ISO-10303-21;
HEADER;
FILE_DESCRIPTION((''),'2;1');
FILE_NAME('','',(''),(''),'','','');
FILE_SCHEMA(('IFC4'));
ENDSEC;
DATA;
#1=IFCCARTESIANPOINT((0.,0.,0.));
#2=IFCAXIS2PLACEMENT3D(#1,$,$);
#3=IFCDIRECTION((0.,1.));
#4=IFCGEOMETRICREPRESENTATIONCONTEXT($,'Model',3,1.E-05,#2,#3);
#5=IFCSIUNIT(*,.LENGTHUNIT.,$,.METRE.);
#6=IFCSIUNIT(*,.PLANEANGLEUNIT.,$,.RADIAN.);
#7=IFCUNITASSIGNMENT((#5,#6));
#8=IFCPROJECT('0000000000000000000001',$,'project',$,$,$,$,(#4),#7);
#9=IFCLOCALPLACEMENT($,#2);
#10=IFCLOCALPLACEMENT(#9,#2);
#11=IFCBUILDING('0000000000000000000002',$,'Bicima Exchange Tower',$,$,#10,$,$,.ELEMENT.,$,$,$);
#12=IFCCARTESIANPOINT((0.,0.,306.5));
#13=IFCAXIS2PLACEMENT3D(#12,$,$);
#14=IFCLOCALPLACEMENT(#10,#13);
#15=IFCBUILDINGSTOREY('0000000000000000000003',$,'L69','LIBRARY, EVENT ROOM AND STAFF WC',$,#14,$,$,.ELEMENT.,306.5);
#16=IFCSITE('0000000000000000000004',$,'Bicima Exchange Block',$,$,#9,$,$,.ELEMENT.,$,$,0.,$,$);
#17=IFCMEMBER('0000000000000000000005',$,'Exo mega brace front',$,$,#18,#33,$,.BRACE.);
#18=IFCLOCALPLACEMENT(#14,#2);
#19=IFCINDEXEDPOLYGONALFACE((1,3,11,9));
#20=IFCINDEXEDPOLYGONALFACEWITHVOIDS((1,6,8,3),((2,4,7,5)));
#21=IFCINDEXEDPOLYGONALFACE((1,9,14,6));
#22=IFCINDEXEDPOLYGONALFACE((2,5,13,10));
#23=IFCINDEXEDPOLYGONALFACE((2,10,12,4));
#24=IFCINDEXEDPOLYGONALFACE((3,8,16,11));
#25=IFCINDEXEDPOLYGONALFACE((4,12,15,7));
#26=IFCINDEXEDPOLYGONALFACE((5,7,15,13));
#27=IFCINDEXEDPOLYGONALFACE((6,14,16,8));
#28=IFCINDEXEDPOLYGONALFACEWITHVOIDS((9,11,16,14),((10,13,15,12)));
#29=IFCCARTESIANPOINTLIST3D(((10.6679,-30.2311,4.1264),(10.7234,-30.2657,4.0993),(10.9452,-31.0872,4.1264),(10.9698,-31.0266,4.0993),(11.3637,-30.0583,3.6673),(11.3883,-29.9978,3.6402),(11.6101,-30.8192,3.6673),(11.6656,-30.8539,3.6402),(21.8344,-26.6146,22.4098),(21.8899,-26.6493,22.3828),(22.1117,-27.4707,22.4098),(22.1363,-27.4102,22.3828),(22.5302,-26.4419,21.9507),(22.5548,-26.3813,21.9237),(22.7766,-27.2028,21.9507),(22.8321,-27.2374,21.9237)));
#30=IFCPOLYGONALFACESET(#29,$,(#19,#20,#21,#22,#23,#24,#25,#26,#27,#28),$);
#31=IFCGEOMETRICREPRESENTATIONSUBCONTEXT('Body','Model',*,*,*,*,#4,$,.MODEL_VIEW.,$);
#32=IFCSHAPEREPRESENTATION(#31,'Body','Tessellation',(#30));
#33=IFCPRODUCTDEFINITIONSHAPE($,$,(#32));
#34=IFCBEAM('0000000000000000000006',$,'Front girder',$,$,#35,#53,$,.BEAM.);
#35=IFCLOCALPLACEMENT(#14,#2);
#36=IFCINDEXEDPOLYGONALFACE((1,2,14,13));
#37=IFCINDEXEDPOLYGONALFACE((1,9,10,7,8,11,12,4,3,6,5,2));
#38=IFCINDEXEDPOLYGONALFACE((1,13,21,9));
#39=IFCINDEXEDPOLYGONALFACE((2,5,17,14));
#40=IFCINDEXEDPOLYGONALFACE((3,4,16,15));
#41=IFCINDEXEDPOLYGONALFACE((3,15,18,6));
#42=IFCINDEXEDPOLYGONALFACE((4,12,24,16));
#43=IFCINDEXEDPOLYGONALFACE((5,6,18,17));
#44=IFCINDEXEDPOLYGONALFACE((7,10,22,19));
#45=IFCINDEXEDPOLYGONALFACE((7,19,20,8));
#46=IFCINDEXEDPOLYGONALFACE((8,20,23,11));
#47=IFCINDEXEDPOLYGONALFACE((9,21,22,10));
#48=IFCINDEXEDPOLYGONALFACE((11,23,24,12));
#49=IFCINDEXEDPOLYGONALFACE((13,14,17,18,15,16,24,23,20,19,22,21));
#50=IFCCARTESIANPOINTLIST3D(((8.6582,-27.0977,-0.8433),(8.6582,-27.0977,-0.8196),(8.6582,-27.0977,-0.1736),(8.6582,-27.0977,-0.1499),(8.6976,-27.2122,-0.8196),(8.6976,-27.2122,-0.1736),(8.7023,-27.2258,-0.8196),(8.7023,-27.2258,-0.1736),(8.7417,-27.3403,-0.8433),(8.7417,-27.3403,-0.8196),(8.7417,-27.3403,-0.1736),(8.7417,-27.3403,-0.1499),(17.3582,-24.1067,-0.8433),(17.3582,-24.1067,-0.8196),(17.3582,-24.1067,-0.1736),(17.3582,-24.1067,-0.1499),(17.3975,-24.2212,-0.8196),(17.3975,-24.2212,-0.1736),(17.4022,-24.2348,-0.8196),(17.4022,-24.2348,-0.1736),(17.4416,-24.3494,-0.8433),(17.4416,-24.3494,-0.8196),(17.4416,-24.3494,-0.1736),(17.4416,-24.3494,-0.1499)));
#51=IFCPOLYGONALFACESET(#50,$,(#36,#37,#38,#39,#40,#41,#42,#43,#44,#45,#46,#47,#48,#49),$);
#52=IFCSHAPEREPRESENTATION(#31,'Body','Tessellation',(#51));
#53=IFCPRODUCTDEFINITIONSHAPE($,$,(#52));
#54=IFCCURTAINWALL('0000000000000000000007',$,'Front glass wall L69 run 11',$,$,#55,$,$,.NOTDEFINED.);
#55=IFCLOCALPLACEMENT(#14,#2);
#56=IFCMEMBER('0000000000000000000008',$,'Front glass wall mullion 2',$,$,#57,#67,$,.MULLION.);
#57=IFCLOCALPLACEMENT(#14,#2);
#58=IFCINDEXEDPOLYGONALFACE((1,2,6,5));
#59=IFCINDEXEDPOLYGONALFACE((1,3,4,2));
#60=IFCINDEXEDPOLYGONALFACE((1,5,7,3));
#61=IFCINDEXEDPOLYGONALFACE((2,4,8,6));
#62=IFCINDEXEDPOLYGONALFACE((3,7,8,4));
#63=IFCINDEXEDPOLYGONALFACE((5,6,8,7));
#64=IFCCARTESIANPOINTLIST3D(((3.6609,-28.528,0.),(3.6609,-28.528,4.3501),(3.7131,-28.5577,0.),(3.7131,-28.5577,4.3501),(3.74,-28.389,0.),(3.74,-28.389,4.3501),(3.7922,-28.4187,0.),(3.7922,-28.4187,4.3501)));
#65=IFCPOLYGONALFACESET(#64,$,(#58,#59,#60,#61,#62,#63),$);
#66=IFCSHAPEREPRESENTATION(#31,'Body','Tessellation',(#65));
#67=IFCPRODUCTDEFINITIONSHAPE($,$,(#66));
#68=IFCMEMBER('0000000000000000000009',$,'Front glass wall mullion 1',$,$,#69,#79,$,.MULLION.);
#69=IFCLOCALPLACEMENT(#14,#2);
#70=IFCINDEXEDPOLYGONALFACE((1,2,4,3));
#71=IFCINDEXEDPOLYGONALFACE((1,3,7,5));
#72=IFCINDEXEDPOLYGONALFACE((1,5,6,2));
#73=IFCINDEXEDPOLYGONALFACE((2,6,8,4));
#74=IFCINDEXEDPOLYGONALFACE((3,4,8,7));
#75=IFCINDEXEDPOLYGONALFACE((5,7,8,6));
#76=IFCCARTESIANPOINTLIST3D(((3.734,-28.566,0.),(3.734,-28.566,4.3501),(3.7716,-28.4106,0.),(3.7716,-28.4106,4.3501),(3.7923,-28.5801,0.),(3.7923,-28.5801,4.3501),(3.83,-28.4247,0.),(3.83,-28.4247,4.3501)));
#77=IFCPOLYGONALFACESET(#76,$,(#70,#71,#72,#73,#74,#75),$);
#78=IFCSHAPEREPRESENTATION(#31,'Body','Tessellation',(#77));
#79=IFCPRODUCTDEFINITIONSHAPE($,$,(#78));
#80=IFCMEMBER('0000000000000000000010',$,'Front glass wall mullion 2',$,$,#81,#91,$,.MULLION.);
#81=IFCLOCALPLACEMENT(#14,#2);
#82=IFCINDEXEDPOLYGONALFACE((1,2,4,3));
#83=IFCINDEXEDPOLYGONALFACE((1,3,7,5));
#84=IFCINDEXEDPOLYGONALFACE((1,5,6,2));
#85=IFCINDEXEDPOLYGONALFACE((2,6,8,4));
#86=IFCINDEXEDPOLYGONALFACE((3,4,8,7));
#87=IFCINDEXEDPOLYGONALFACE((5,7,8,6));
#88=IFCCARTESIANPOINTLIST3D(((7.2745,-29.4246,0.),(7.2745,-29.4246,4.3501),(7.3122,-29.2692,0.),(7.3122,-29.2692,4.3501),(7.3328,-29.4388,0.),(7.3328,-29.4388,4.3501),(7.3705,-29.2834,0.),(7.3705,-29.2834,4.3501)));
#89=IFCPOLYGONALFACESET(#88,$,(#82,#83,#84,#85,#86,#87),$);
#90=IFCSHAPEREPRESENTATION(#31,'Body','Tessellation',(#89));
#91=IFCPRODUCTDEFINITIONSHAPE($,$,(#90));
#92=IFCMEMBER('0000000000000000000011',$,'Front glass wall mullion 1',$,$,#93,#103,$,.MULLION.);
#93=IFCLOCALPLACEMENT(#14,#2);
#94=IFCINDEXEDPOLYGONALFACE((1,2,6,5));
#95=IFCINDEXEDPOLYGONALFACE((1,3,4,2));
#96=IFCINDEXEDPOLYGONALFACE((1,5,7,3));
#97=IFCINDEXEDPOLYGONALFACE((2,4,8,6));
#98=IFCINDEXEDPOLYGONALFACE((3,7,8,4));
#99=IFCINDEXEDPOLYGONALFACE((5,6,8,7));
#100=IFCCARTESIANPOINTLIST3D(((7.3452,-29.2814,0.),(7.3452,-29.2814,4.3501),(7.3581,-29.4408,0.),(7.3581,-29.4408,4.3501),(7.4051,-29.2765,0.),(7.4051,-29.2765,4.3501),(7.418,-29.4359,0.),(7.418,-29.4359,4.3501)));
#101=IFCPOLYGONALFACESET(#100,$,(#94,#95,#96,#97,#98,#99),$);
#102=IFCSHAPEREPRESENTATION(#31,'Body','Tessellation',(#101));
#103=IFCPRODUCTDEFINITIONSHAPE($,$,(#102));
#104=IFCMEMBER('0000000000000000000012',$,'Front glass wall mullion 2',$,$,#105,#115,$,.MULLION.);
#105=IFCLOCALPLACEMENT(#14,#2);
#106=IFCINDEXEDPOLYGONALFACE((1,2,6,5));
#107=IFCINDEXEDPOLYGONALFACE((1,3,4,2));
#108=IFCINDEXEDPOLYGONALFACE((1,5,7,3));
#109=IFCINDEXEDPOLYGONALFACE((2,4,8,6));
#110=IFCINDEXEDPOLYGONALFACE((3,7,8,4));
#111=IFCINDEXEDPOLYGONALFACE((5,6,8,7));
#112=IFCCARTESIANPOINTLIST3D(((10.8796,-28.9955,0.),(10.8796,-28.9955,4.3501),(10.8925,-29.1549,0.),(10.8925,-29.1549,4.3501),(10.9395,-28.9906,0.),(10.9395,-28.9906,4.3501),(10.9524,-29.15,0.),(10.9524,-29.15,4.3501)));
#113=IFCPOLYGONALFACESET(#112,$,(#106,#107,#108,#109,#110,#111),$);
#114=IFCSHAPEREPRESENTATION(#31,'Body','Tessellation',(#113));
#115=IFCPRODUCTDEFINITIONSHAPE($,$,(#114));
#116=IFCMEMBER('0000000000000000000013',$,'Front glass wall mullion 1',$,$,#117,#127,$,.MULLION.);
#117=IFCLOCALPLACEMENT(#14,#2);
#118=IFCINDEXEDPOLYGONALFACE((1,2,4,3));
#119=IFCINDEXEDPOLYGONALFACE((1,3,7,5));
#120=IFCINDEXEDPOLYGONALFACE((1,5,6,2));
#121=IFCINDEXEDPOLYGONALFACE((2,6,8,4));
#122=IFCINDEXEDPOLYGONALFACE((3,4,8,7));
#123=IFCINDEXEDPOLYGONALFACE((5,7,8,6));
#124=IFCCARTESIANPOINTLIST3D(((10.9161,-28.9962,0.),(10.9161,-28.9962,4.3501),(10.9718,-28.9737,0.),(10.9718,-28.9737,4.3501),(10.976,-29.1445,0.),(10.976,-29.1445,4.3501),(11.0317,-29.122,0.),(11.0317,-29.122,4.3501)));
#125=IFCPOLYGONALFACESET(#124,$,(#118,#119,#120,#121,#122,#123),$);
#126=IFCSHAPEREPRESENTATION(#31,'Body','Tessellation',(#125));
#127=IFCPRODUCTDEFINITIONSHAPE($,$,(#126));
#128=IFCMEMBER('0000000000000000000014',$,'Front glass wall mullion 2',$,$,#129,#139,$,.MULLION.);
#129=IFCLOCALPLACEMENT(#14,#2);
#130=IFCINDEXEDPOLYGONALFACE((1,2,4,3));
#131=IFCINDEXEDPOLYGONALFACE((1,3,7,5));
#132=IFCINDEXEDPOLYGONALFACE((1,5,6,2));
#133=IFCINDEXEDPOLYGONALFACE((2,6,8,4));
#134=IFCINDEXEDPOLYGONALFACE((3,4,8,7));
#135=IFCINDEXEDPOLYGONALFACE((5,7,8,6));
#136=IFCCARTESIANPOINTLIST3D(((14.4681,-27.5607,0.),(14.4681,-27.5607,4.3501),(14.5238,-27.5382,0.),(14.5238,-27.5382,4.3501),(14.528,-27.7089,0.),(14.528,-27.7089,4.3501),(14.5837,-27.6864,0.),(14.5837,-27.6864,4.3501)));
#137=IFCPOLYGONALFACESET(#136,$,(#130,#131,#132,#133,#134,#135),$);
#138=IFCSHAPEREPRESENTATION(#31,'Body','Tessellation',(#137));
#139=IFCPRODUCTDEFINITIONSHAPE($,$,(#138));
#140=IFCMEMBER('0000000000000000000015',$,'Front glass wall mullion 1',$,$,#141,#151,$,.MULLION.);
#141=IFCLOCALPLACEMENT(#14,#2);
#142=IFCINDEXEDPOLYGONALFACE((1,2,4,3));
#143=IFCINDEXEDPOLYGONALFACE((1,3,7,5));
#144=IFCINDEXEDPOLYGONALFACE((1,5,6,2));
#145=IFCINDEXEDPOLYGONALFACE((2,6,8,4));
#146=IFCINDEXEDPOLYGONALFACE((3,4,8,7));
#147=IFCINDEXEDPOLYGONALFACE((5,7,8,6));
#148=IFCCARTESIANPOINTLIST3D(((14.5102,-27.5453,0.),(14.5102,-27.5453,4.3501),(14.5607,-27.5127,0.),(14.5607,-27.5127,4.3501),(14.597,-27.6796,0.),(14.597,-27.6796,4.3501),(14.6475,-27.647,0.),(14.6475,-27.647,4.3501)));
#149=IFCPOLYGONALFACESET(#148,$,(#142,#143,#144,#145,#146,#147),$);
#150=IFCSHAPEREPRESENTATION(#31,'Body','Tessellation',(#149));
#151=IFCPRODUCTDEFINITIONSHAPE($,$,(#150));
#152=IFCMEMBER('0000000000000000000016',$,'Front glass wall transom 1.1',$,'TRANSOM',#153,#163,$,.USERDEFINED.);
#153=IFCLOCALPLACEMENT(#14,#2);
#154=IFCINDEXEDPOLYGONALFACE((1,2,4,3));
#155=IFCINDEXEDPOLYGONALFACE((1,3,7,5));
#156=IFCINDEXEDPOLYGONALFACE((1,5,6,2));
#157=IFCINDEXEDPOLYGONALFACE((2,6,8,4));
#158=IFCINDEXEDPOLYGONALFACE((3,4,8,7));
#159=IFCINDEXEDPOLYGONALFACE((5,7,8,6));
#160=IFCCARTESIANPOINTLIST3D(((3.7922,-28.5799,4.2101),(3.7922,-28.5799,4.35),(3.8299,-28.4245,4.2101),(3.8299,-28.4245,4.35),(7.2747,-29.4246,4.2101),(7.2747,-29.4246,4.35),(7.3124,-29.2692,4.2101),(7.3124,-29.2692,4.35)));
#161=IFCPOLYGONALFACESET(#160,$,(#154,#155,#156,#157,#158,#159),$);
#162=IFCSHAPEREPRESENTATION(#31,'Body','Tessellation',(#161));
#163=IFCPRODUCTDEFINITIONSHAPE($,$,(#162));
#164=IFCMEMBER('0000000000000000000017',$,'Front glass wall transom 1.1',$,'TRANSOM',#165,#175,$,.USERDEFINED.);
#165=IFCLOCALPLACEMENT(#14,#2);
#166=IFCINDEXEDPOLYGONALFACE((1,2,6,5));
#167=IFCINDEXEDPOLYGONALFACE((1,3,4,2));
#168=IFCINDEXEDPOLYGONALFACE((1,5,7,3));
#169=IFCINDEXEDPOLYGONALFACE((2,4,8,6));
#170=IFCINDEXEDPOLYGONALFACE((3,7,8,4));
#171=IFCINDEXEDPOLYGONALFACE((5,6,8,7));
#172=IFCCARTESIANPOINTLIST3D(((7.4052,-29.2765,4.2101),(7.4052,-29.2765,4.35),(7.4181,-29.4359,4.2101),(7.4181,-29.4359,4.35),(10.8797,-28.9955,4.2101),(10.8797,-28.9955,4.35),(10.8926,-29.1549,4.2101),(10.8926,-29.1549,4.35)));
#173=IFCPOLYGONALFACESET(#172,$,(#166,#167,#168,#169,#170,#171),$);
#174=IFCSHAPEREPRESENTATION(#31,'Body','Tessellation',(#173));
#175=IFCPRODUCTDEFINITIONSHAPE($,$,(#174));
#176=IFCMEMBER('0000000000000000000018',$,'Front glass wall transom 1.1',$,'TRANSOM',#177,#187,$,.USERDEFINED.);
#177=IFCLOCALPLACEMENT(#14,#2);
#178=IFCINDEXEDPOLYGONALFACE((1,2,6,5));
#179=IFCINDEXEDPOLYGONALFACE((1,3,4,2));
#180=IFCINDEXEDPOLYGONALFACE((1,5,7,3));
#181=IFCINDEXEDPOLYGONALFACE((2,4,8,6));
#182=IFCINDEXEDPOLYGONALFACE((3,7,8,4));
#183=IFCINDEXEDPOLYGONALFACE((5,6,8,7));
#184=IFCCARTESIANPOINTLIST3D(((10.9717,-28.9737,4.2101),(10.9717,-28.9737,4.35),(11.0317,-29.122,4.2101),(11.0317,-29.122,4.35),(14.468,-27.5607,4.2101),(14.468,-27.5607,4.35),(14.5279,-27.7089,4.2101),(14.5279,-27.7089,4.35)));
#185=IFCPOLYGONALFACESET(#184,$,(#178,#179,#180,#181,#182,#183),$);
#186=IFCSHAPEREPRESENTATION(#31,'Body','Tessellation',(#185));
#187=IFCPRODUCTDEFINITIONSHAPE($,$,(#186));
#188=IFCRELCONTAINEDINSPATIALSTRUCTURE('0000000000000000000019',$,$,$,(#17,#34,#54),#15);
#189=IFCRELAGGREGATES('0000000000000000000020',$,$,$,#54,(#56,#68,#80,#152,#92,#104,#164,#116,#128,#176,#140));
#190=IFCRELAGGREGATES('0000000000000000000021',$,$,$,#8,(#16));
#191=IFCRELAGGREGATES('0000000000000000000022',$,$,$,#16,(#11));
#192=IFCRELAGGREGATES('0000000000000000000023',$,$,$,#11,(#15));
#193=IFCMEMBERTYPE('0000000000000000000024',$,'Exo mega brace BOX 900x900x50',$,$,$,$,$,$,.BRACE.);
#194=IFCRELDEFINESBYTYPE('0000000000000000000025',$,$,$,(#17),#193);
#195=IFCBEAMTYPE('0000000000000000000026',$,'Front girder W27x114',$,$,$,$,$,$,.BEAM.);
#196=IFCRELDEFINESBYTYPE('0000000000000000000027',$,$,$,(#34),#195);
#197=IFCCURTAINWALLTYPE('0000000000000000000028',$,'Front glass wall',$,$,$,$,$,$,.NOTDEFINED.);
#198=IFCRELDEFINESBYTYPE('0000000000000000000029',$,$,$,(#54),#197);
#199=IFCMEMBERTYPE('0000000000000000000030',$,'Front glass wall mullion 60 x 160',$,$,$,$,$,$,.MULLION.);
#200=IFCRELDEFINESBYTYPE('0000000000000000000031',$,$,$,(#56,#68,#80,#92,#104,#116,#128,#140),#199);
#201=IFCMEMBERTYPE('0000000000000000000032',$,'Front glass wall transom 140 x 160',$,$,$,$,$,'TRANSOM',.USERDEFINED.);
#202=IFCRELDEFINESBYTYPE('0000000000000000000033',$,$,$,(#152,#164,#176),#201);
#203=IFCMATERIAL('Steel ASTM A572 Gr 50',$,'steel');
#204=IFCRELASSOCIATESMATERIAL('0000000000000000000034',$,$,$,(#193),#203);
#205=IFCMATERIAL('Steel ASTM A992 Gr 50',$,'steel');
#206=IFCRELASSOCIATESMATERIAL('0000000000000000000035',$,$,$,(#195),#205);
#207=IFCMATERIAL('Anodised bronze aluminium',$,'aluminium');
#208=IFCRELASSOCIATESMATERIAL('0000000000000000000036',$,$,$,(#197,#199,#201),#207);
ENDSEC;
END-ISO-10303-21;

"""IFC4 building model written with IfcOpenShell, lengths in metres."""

from ifc_helpers import new_model, si_unit, direction, frame, origin, origin_2d, place, context, subcontext, project, spatial, rectangle, hollow_rectangle, i_section, extrude, material, material_profile, profile_set, type_object, element, aggregate, save


model = new_model("IFC4")

# Units and contexts
model_context = context("Model", 3, precision=1e-05, world=origin(), true_north=direction((0.0, 1.0)))
body_context = subcontext(model_context, "Body", "Model", "MODEL_VIEW")
ifc_project = project(units=[si_unit("LENGTHUNIT", "METRE"), si_unit("PLANEANGLEUNIT", "RADIAN")], contexts=[model_context])

# Site, building, storey
site_placement = place(None, origin())
site = spatial("IfcSite", under=ifc_project, at=site_placement, Name="Bicima Exchange Block", CompositionType="ELEMENT", RefElevation=0.0)
building_placement = place(site_placement, origin())
building = spatial("IfcBuilding", under=site, at=building_placement, Name="Bicima Exchange Tower", CompositionType="ELEMENT")
storey_placement = place(building_placement, frame((0.0, 0.0, 306.5)))
storey = spatial("IfcBuildingStorey", under=building, at=storey_placement, Name="L69", Description="LIBRARY, EVENT ROOM AND STAFF WC", CompositionType="ELEMENT", Elevation=306.5)

# Member
ifc_material_1 = material(Name="Steel ASTM A572 Gr 50", Category="steel")
ifc_material_profile_1 = material_profile(ifc_material_1, hollow_rectangle(XDim=0.8999, YDim=0.8999, WallThickness=0.05, at=origin_2d()))
ifc_profile_set_1 = profile_set([ifc_material_profile_1], Name="Steel ASTM A572 Gr 50")
member_type_1 = type_object("IfcMemberType", Name="Exo mega brace BOX 900x900x50", PredefinedType="BRACE", material=ifc_profile_set_1)
member_1_placement = place(storey_placement, frame((11.1667, -30.5425, 3.8833), z_axis=(0.513951, 0.166451, 0.841516), x_axis=(-0.30811, 0.951351, 0.0)))
element("IfcMember", 1, at=member_1_placement, inside=storey, type_object=member_type_1, Name="Exo mega brace front", PredefinedType="BRACE", context=body_context, shape_type="SweptSolid", body=[
    extrude(hollow_rectangle(XDim=0.8999, YDim=0.8999, WallThickness=0.05, at=origin_2d()), origin(), (0.0, 0.0, 1.0), 21.7268),
])

# Beam
ifc_material_2 = material(Name="Steel ASTM A992 Gr 50", Category="steel")
ifc_material_profile_2 = material_profile(ifc_material_2, i_section(OverallWidth=0.2566, OverallDepth=0.6934, WebThickness=0.0144, FlangeThickness=0.0237, at=origin_2d()))
ifc_profile_set_2 = profile_set([ifc_material_profile_2], Name="Steel ASTM A992 Gr 50")
beam_type = type_object("IfcBeamType", Name="Front girder W27x114", PredefinedType="BEAM", material=ifc_profile_set_2)
beam_placement = place(storey_placement, frame((8.7, -27.219, -0.4966), z_axis=(0.945675, 0.325115, 0.0), x_axis=(-0.325115, 0.945675, 0.0)))
element("IfcBeam", 2, at=beam_placement, inside=storey, type_object=beam_type, Name="Front girder", PredefinedType="BEAM", context=body_context, shape_type="SweptSolid", body=[
    extrude(i_section(OverallWidth=0.2566, OverallDepth=0.6934, WebThickness=0.0144, FlangeThickness=0.0237, at=origin_2d()), origin(), (0.0, 0.0, 1.0), 9.1997),
])

# Curtain wall, members
ifc_material_3 = material(Name="Anodised bronze aluminium", Category="aluminium")
curtain_wall_type = type_object("IfcCurtainWallType", Name="Front glass wall", PredefinedType="NOTDEFINED", material=ifc_material_3)
curtain_wall_placement = place(storey_placement, origin())
curtain_wall = element("IfcCurtainWall", 3, at=curtain_wall_placement, inside=storey, type_object=curtain_wall_type, Name="Front glass wall L69 run 11", PredefinedType="NOTDEFINED")
ifc_material_profile_3 = material_profile(ifc_material_3, rectangle(XDim=0.1599, YDim=0.0601, at=origin_2d()))
ifc_profile_set_3 = profile_set([ifc_material_profile_3], Name="Anodised bronze aluminium")
member_type_2 = type_object("IfcMemberType", Name="Front glass wall mullion 60 x 160", PredefinedType="MULLION", material=ifc_profile_set_3)
member_2_placement = place(storey_placement, frame((3.7266, -28.4734, 0.0), z_axis=(0.0, 0.0, 1.0), x_axis=(0.49433, 0.869274, 0.0)))
member_2 = element("IfcMember", 4, at=member_2_placement, type_object=member_type_2, Name="Front glass wall mullion 2", PredefinedType="MULLION", context=body_context, shape_type="SweptSolid", body=[
    extrude(rectangle(XDim=0.1599, YDim=0.0601, at=origin_2d()), origin(), (0.0, 0.0, 1.0), 4.3501),
])
member_3_placement = place(storey_placement, frame((3.782, -28.4954, 0.0), z_axis=(0.0, 0.0, 1.0), x_axis=(0.235682, 0.97183, 0.0)))
member_3 = element("IfcMember", 5, at=member_3_placement, type_object=member_type_2, Name="Front glass wall mullion 1", PredefinedType="MULLION", context=body_context, shape_type="SweptSolid", body=[
    extrude(rectangle(XDim=0.1599, YDim=0.0601, at=origin_2d()), origin(), (0.0, 0.0, 1.0), 4.3501),
])
member_4_placement = place(storey_placement, frame((7.3225, -29.354, 0.0), z_axis=(0.0, 0.0, 1.0), x_axis=(0.235682, 0.97183, 0.0)))
member_4 = element("IfcMember", 6, at=member_4_placement, type_object=member_type_2, Name="Front glass wall mullion 2", PredefinedType="MULLION", context=body_context, shape_type="SweptSolid", body=[
    extrude(rectangle(XDim=0.1599, YDim=0.0601, at=origin_2d()), origin(), (0.0, 0.0, 1.0), 4.3501),
])
member_5_placement = place(storey_placement, frame((7.3816, -29.3586, 0.0), z_axis=(0.0, 0.0, 1.0), x_axis=(-0.080589, 0.996747, 0.0)))
member_5 = element("IfcMember", 7, at=member_5_placement, type_object=member_type_2, Name="Front glass wall mullion 1", PredefinedType="MULLION", context=body_context, shape_type="SweptSolid", body=[
    extrude(rectangle(XDim=0.1599, YDim=0.0601, at=origin_2d()), origin(), (0.0, 0.0, 1.0), 4.3501),
])
member_6_placement = place(storey_placement, frame((10.916, -29.0728, 0.0), z_axis=(0.0, 0.0, 1.0), x_axis=(-0.080589, 0.996747, 0.0)))
member_6 = element("IfcMember", 8, at=member_6_placement, type_object=member_type_2, Name="Front glass wall mullion 2", PredefinedType="MULLION", context=body_context, shape_type="SweptSolid", body=[
    extrude(rectangle(XDim=0.1599, YDim=0.0601, at=origin_2d()), origin(), (0.0, 0.0, 1.0), 4.3501),
])
member_7_placement = place(storey_placement, frame((10.9739, -29.0591, 0.0), z_axis=(0.0, 0.0, 1.0), x_axis=(-0.374705, 0.927144, 0.0)))
member_7 = element("IfcMember", 9, at=member_7_placement, type_object=member_type_2, Name="Front glass wall mullion 1", PredefinedType="MULLION", context=body_context, shape_type="SweptSolid", body=[
    extrude(rectangle(XDim=0.1599, YDim=0.0601, at=origin_2d()), origin(), (0.0, 0.0, 1.0), 4.3501),
])
member_8_placement = place(storey_placement, frame((14.5259, -27.6235, 0.0), z_axis=(0.0, 0.0, 1.0), x_axis=(-0.374705, 0.927144, 0.0)))
member_8 = element("IfcMember", 10, at=member_8_placement, type_object=member_type_2, Name="Front glass wall mullion 2", PredefinedType="MULLION", context=body_context, shape_type="SweptSolid", body=[
    extrude(rectangle(XDim=0.1599, YDim=0.0601, at=origin_2d()), origin(), (0.0, 0.0, 1.0), 4.3501),
])
member_9_placement = place(storey_placement, frame((14.5789, -27.5962, 0.0), z_axis=(0.0, 0.0, 1.0), x_axis=(-0.542909, 0.839791, 0.0)))
member_9 = element("IfcMember", 11, at=member_9_placement, type_object=member_type_2, Name="Front glass wall mullion 1", PredefinedType="MULLION", context=body_context, shape_type="SweptSolid", body=[
    extrude(rectangle(XDim=0.1599, YDim=0.0601, at=origin_2d()), origin(), (0.0, 0.0, 1.0), 4.3501),
])
ifc_material_profile_4 = material_profile(ifc_material_3, rectangle(XDim=0.1599, YDim=0.1399, at=origin_2d()))
ifc_profile_set_4 = profile_set([ifc_material_profile_4], Name="Anodised bronze aluminium")
member_type_3 = type_object("IfcMemberType", Name="Front glass wall transom 140 x 160", ElementType="TRANSOM", PredefinedType="USERDEFINED", material=ifc_profile_set_4)
member_10_placement = place(storey_placement, frame((3.811, -28.5022, 4.28), z_axis=(0.971818, -0.235733, 0.0), x_axis=(0.235733, 0.971818, 0.0)))
member_10 = element("IfcMember", 12, at=member_10_placement, type_object=member_type_3, Name="Front glass wall transom 1.1", ObjectType="TRANSOM", PredefinedType="USERDEFINED", context=body_context, shape_type="SweptSolid", body=[
    extrude(rectangle(XDim=0.1599, YDim=0.1399, at=origin_2d()), origin(), (0.0, 0.0, 1.0), 3.5835),
])
member_11_placement = place(storey_placement, frame((7.4116, -29.3562, 4.28), z_axis=(0.996746, 0.080611, 0.0), x_axis=(-0.080611, 0.996746, 0.0)))
member_11 = element("IfcMember", 13, at=member_11_placement, type_object=member_type_3, Name="Front glass wall transom 1.1", ObjectType="TRANSOM", PredefinedType="USERDEFINED", context=body_context, shape_type="SweptSolid", body=[
    extrude(rectangle(XDim=0.1599, YDim=0.1399, at=origin_2d()), origin(), (0.0, 0.0, 1.0), 3.4858),
])
member_12_placement = place(storey_placement, frame((11.0017, -29.0479, 4.28), z_axis=(0.92714, 0.374715, 0.0), x_axis=(-0.374715, 0.92714, 0.0)))
member_12 = element("IfcMember", 14, at=member_12_placement, type_object=member_type_3, Name="Front glass wall transom 1.1", ObjectType="TRANSOM", PredefinedType="USERDEFINED", context=body_context, shape_type="SweptSolid", body=[
    extrude(rectangle(XDim=0.1599, YDim=0.1399, at=origin_2d()), origin(), (0.0, 0.0, 1.0), 3.771),
])

aggregate(curtain_wall, [member_2, member_3, member_4, member_10, member_5, member_6, member_11, member_7, member_8, member_12, member_9])

save(model, "model.ifc")
